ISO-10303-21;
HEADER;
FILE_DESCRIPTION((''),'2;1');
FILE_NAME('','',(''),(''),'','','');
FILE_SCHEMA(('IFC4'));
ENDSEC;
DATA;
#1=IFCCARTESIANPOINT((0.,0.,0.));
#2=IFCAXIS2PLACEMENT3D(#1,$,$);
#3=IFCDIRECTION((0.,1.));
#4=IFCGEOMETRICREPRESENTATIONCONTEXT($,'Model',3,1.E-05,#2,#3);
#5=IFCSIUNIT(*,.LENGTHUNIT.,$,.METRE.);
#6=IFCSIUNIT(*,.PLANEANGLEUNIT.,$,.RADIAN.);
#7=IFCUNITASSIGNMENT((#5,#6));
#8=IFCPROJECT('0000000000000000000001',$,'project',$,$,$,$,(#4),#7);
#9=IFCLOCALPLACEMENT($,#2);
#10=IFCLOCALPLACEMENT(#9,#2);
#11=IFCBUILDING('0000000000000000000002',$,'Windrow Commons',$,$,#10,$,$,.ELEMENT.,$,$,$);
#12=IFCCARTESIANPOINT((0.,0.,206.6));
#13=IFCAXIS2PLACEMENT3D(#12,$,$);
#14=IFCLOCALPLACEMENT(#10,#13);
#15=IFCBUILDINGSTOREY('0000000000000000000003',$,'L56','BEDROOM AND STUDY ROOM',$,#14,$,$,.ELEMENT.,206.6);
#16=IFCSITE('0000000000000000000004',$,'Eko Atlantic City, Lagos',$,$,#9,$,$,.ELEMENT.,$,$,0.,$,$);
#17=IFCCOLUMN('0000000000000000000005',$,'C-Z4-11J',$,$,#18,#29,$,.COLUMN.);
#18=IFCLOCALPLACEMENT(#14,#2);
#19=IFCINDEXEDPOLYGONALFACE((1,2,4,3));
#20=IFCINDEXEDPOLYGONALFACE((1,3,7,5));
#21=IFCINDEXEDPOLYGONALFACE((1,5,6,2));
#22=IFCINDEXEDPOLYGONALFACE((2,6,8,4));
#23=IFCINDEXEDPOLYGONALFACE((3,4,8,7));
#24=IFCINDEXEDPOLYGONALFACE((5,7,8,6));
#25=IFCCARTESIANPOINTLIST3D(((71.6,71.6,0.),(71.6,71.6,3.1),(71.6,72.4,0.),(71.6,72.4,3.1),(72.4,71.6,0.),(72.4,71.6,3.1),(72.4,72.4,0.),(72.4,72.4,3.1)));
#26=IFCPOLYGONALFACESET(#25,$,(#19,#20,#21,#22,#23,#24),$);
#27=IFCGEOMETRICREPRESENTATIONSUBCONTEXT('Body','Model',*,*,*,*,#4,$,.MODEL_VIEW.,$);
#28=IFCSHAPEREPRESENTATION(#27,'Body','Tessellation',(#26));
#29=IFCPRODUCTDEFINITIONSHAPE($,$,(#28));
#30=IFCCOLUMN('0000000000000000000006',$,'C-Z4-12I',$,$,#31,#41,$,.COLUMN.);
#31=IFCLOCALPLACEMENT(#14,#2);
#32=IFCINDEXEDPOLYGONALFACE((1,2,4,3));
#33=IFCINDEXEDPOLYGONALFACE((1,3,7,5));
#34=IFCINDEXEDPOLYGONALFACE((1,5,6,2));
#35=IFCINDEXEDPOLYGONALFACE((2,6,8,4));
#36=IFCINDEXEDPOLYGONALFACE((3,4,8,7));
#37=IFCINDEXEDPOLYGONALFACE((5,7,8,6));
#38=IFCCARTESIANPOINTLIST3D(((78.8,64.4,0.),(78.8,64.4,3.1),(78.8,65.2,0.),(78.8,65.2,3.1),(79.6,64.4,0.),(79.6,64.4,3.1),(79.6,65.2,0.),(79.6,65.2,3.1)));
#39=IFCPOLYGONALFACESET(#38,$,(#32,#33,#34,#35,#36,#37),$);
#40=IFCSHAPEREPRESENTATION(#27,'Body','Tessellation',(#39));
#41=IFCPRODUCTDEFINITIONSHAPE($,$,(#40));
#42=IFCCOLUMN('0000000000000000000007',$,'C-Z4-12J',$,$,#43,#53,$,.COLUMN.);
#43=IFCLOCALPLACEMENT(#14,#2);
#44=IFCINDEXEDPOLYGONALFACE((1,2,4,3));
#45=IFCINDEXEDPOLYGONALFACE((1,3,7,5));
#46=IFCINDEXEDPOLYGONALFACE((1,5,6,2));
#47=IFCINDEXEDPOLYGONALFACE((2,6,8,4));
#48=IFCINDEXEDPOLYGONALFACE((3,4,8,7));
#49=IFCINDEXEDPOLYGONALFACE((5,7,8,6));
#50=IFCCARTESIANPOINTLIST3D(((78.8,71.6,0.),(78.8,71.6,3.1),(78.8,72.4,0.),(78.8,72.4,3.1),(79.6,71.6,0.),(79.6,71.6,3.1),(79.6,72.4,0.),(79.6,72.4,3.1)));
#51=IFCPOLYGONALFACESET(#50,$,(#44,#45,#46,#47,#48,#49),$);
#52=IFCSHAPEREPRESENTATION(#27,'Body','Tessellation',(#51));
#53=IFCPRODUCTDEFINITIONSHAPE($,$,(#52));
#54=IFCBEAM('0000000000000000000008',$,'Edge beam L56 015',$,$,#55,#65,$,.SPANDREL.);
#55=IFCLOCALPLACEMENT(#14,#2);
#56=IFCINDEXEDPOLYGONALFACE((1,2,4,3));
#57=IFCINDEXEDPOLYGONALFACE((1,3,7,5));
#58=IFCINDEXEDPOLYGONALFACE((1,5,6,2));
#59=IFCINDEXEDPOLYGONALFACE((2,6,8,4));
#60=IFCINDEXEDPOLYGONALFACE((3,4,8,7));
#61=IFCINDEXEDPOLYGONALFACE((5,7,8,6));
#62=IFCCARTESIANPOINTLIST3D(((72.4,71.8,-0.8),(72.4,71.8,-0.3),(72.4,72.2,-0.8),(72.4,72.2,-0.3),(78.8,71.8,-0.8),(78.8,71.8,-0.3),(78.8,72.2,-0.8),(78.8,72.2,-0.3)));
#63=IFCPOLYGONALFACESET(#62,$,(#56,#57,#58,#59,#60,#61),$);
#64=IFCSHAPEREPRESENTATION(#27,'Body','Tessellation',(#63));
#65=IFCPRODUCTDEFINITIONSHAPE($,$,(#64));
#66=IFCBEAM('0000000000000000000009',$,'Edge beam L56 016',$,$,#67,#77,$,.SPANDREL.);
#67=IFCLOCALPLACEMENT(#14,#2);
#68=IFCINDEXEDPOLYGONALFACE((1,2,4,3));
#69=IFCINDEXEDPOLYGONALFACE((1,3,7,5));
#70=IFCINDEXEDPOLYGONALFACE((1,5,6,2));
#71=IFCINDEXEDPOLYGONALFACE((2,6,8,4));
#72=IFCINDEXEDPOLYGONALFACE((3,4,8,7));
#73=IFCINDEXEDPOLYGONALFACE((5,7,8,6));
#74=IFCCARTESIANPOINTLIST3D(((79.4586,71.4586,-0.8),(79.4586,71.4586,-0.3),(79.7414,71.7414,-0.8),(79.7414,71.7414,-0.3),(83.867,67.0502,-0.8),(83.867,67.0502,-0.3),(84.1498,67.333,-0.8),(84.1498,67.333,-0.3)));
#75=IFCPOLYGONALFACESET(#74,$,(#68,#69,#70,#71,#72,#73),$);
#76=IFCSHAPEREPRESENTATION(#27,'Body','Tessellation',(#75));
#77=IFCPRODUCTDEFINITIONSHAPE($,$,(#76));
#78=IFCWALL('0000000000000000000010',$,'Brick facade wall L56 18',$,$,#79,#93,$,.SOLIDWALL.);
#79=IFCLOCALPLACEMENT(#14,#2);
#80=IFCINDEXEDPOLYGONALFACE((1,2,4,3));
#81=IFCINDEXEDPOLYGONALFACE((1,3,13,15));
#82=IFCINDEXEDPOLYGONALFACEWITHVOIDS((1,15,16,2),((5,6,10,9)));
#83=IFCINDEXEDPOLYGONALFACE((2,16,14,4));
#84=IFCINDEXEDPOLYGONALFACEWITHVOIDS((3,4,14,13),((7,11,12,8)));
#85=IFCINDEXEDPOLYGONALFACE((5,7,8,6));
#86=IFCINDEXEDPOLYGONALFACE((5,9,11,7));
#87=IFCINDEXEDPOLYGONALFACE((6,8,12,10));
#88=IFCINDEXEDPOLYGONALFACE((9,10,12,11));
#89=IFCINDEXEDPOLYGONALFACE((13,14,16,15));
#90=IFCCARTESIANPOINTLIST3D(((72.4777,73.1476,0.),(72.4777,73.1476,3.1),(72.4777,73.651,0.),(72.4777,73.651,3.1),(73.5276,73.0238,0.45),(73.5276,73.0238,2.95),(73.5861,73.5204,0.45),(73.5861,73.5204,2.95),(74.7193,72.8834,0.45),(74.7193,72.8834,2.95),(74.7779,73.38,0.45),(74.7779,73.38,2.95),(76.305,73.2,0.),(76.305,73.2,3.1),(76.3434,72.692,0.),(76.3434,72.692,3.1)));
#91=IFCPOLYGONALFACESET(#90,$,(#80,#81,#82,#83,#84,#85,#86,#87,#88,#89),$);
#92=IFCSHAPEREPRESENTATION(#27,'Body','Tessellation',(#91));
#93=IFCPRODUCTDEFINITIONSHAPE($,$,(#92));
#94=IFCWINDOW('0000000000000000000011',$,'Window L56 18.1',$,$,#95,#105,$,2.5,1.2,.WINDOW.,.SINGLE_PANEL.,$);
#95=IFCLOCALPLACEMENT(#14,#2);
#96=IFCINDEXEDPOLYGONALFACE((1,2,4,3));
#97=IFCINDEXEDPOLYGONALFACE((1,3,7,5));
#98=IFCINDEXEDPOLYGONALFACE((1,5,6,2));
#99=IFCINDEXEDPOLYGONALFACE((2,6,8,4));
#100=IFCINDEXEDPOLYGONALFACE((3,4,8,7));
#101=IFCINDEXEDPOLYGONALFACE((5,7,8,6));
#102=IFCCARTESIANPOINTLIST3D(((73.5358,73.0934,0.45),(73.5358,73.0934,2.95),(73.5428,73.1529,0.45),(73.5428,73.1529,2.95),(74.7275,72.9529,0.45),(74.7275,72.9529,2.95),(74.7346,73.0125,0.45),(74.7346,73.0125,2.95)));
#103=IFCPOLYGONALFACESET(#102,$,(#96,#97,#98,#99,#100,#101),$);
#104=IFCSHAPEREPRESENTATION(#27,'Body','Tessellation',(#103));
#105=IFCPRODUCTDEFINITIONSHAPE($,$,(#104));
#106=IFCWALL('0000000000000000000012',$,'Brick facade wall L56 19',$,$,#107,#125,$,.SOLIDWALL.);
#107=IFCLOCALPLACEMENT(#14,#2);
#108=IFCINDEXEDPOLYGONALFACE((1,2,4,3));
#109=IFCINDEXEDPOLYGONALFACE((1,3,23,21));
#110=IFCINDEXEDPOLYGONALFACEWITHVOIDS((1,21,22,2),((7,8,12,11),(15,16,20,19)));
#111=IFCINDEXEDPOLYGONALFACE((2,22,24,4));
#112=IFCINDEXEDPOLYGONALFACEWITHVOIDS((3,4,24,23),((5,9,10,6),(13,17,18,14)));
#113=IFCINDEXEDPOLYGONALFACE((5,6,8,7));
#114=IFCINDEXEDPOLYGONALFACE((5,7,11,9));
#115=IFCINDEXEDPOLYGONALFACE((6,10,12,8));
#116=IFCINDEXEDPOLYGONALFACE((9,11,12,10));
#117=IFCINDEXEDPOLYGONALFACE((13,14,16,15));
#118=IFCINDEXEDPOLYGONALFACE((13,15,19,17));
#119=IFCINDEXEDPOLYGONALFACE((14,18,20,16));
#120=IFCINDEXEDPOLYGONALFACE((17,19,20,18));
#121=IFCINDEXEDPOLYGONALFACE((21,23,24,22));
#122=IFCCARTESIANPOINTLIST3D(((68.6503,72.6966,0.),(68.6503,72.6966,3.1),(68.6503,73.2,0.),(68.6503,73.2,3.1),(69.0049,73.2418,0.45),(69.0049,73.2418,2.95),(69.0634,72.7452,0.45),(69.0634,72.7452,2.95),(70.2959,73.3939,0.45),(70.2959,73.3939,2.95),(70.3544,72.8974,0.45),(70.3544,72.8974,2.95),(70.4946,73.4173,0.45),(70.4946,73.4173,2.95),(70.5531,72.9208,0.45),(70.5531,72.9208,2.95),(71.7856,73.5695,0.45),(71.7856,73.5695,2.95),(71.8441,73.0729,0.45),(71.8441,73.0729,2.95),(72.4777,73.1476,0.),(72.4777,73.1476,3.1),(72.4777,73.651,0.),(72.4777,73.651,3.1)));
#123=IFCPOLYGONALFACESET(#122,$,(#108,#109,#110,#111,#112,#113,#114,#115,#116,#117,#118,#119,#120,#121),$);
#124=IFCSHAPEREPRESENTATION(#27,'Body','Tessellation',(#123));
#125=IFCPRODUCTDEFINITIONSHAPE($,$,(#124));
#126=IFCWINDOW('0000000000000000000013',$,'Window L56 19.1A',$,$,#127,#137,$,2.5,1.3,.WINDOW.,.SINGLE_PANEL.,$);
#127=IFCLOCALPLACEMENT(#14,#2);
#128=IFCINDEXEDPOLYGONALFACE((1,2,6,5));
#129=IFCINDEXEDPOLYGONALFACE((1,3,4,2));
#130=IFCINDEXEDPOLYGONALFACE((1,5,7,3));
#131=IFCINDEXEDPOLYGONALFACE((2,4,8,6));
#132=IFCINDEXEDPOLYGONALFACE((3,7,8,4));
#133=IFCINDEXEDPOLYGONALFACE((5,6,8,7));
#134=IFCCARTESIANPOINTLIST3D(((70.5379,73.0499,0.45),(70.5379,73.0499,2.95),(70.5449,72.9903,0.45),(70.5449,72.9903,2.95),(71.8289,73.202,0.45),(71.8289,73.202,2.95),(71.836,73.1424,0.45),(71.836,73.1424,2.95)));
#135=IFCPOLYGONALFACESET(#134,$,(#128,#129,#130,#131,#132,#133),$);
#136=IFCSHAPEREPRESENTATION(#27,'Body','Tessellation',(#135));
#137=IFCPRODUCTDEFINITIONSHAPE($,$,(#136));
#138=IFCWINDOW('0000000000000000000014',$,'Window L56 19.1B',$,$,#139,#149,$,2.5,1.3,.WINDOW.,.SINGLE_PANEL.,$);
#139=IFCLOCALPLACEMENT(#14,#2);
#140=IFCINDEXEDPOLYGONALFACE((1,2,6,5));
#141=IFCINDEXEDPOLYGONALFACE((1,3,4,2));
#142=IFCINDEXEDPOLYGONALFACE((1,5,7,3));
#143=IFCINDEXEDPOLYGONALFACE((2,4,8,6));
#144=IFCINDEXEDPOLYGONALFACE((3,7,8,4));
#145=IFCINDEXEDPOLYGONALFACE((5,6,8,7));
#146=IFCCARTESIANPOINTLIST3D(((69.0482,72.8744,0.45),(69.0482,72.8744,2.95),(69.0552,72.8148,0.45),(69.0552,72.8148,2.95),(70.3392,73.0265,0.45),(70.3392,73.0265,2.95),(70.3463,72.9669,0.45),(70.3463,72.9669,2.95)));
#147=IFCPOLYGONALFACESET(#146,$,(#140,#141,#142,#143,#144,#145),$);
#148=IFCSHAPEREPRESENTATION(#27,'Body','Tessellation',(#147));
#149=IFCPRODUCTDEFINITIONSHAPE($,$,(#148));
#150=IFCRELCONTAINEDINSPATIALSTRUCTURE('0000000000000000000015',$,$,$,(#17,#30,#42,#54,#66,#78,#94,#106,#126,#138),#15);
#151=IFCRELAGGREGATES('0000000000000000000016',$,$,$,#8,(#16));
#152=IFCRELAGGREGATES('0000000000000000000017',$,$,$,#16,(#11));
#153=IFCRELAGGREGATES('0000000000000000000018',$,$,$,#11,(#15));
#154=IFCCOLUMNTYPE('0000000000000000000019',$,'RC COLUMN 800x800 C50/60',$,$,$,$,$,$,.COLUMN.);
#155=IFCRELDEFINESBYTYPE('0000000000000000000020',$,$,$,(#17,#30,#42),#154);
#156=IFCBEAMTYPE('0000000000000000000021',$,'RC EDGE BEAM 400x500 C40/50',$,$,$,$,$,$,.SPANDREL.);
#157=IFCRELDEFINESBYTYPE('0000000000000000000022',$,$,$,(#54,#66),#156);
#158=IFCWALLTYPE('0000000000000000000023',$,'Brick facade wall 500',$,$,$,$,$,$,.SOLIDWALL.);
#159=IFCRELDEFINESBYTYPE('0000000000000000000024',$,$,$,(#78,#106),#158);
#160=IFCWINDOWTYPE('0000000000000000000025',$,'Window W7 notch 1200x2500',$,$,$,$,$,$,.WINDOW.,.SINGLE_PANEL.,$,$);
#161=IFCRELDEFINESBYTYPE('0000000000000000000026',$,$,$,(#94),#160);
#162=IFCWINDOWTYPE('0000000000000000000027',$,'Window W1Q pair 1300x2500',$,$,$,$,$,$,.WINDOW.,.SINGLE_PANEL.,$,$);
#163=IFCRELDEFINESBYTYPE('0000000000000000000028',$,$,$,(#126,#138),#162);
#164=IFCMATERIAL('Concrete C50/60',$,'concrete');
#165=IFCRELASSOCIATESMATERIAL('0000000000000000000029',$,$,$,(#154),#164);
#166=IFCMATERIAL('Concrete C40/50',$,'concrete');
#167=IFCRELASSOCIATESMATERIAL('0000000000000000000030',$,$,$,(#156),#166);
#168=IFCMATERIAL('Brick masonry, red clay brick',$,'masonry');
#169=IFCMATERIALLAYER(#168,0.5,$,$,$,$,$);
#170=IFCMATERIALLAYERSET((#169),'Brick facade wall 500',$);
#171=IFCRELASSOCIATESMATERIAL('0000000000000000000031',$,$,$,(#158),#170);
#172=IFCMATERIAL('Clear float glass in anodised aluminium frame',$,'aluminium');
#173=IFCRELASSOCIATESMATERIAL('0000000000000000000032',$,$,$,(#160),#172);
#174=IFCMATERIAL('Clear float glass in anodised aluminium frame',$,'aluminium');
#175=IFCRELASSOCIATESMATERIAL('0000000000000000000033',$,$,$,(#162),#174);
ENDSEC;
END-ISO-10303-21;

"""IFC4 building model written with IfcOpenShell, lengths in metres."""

from ifc_helpers import new_model, si_unit, direction, frame, frame_2d, origin, origin_2d, place, context, subcontext, project, spatial, polyline, rectangle, outline, extrude, material, layer, layer_set, material_profile, profile_set, type_object, element, fill, save


model = new_model("IFC4")

# Units and contexts
model_context = context("Model", 3, precision=1e-05, world=origin(), true_north=direction((0.0, 1.0)))
body_context = subcontext(model_context, "Body", "Model", "MODEL_VIEW")
ifc_project = project(units=[si_unit("LENGTHUNIT", "METRE"), si_unit("PLANEANGLEUNIT", "RADIAN")], contexts=[model_context])

# Site, building, storey
site_placement = place(None, origin())
site = spatial("IfcSite", under=ifc_project, at=site_placement, Name="Eko Atlantic City, Lagos", CompositionType="ELEMENT", RefElevation=0.0)
building_placement = place(site_placement, origin())
building = spatial("IfcBuilding", under=site, at=building_placement, Name="Windrow Commons", CompositionType="ELEMENT")
storey_placement = place(building_placement, frame((0.0, 0.0, 206.6)))
storey = spatial("IfcBuildingStorey", under=building, at=storey_placement, Name="L56", Description="BEDROOM AND STUDY ROOM", CompositionType="ELEMENT", Elevation=206.6)

# Columns
ifc_material_1 = material(Name="Concrete C50/60", Category="concrete")
ifc_material_profile_1 = material_profile(ifc_material_1, rectangle(XDim=0.8, YDim=0.8, at=origin_2d()))
ifc_profile_set_1 = profile_set([ifc_material_profile_1], Name="Concrete C50/60")
column_type = type_object("IfcColumnType", Name="RC COLUMN 800x800 C50/60", PredefinedType="COLUMN", material=ifc_profile_set_1)
for number, where, z_axis, x_axis, name in (
    (1, (72.0, 72.0, 0.0), (0.0, 0.0, 1.0), (1.0, 0.0, 0.0), "C-Z4-11J"),
    (2, (79.2, 64.8, 0.0), (0.0, 0.0, 1.0), (1.0, 0.0, 0.0), "C-Z4-12I"),
    (3, (79.2, 72.0, 0.0), (0.0, 0.0, 1.0), (1.0, 0.0, 0.0), "C-Z4-12J"),
):
    element("IfcColumn", number, at=place(storey_placement, frame(where, z_axis=z_axis, x_axis=x_axis)), inside=storey, type_object=column_type, Name=name, PredefinedType="COLUMN", context=body_context, shape_type="SweptSolid", body=[
        extrude(rectangle(XDim=0.8, YDim=0.8, at=origin_2d()), origin(), (0.0, 0.0, 1.0), 3.1),
    ])

# Beams
ifc_material_2 = material(Name="Concrete C40/50", Category="concrete")
ifc_material_profile_2 = material_profile(ifc_material_2, rectangle(XDim=0.4, YDim=0.5, at=origin_2d()))
ifc_profile_set_2 = profile_set([ifc_material_profile_2], Name="Concrete C40/50")
beam_type = type_object("IfcBeamType", Name="RC EDGE BEAM 400x500 C40/50", PredefinedType="SPANDREL", material=ifc_profile_set_2)
beam_1_placement = place(storey_placement, frame((72.4, 72.0, -0.55), z_axis=(1.0, 0.0, 0.0), x_axis=(0.0, 1.0, 0.0)))
element("IfcBeam", 4, at=beam_1_placement, inside=storey, type_object=beam_type, Name="Edge beam L56 015", PredefinedType="SPANDREL", context=body_context, shape_type="SweptSolid", body=[
    extrude(rectangle(XDim=0.4, YDim=0.5, at=origin_2d()), origin(), (0.0, 0.0, 1.0), 6.4),
])
beam_2_placement = place(storey_placement, frame((79.6, 71.6, -0.55), z_axis=(0.707107, -0.707107, 0.0), x_axis=(0.707107, 0.707107, 0.0)))
element("IfcBeam", 5, at=beam_2_placement, inside=storey, type_object=beam_type, Name="Edge beam L56 016", PredefinedType="SPANDREL", context=body_context, shape_type="SweptSolid", body=[
    extrude(rectangle(XDim=0.4, YDim=0.5, at=origin_2d()), origin(), (0.0, 0.0, 1.0), 6.2344),
])

# Wall, opening, window
ifc_material_3 = material(Name="Brick masonry, red clay brick", Category="masonry")
ifc_layer_1 = layer(ifc_material_3, 0.5)
ifc_layer_set_1 = layer_set([ifc_layer_1], Name="Brick facade wall 500")
wall_type_1 = type_object("IfcWallType", Name="Brick facade wall 500", PredefinedType="SOLIDWALL", material=ifc_layer_set_1)
wall_1_placement = place(storey_placement, frame((76.3242, 72.946, 0.0), z_axis=(0.0, 0.0, 1.0), x_axis=(-0.993127, 0.117037, 0.0)))
wall_1 = element("IfcWall", 6, at=wall_1_placement, inside=storey, type_object=wall_type_1, Name="Brick facade wall L56 18", PredefinedType="SOLIDWALL", context=body_context, shape_type="SweptSolid", body=[
    extrude(outline(polyline([(0.0488, -0.25), (3.9026, -0.25), (3.8437, 0.25), (-0.0488, 0.25), (0.0488, -0.25)])), origin(), (0.0, 0.0, 1.0), 3.1),
])
opening_1_placement = place(wall_1_placement, frame((1.5865, 0.0, 0.45)))
opening_1 = element("IfcOpeningElement", 7, at=opening_1_placement, cuts=wall_1, PredefinedType="OPENING", context=body_context, shape_type="SweptSolid", body=[
    extrude(rectangle(XDim=1.2, YDim=2.5, at=frame_2d((0.6, 1.25))), frame((0.0, 0.26, 0.0), z_axis=(0.0, -1.0, 0.0), x_axis=(1.0, 0.0, 0.0)), (0.0, 0.0, 1.0), 0.52),
])
ifc_material_4 = material(Name="Clear float glass in anodised aluminium frame", Category="aluminium")
window_type_1 = type_object("IfcWindowType", Name="Window W7 notch 1200x2500", PartitioningType="SINGLE_PANEL", PredefinedType="WINDOW", material=ifc_material_4)
window_1_placement = place(opening_1_placement, origin())
window_1 = element("IfcWindow", 8, at=window_1_placement, inside=storey, type_object=window_type_1, Name="Window L56 18.1", OverallHeight=2.5, OverallWidth=1.2, PartitioningType="SINGLE_PANEL", PredefinedType="WINDOW", context=body_context, shape_type="SweptSolid", body=[
    extrude(rectangle(XDim=1.2, YDim=2.5, at=frame_2d((0.6, 1.25))), frame((0.0, 0.18, 0.0), z_axis=(0.0, -1.0, 0.0), x_axis=(1.0, 0.0, 0.0)), (0.0, 0.0, 1.0), 0.06),
])
fill(opening_1, window_1)

# Wall, openings, windows
wall_2_placement = place(storey_placement, frame((72.4777, 73.3993, 0.0), z_axis=(0.0, 0.0, 1.0), x_axis=(-0.993129, -0.117025, 0.0)))
wall_2 = element("IfcWall", 9, at=wall_2_placement, inside=storey, type_object=wall_type_1, Name="Brick facade wall L56 19", PredefinedType="SOLIDWALL", context=body_context, shape_type="SweptSolid", body=[
    extrude(outline(polyline([(-0.0295, -0.25), (3.8244, -0.25), (3.8833, 0.25), (0.0295, 0.25), (-0.0295, -0.25)])), origin(), (0.0, 0.0, 1.0), 3.1),
])
opening_2_placement = place(wall_2_placement, frame((0.6674, 0.0, 0.45)))
opening_2 = element("IfcOpeningElement", 10, at=opening_2_placement, cuts=wall_2, PredefinedType="OPENING", context=body_context, shape_type="SweptSolid", body=[
    extrude(rectangle(XDim=1.3, YDim=2.5, at=frame_2d((0.65, 1.25))), frame((0.0, 0.26, 0.0), z_axis=(0.0, -1.0, 0.0), x_axis=(1.0, 0.0, 0.0)), (0.0, 0.0, 1.0), 0.52),
])
opening_3_placement = place(wall_2_placement, frame((2.1674, 0.0, 0.45)))
opening_3 = element("IfcOpeningElement", 11, at=opening_3_placement, cuts=wall_2, PredefinedType="OPENING", context=body_context, shape_type="SweptSolid", body=[
    extrude(rectangle(XDim=1.3, YDim=2.5, at=frame_2d((0.65, 1.25))), frame((0.0, 0.26, 0.0), z_axis=(0.0, -1.0, 0.0), x_axis=(1.0, 0.0, 0.0)), (0.0, 0.0, 1.0), 0.52),
])
ifc_material_5 = material(Name="Clear float glass in anodised aluminium frame", Category="aluminium")
window_type_2 = type_object("IfcWindowType", Name="Window W1Q pair 1300x2500", PartitioningType="SINGLE_PANEL", PredefinedType="WINDOW", material=ifc_material_5)
window_2_placement = place(opening_2_placement, origin())
window_2 = element("IfcWindow", 12, at=window_2_placement, inside=storey, type_object=window_type_2, Name="Window L56 19.1A", OverallHeight=2.5, OverallWidth=1.3, PartitioningType="SINGLE_PANEL", PredefinedType="WINDOW", context=body_context, shape_type="SweptSolid", body=[
    extrude(rectangle(XDim=1.3, YDim=2.5, at=frame_2d((0.65, 1.25))), frame((0.0, 0.18, 0.0), z_axis=(0.0, -1.0, 0.0), x_axis=(1.0, 0.0, 0.0)), (0.0, 0.0, 1.0), 0.06),
])
fill(opening_2, window_2)
window_3_placement = place(opening_3_placement, origin())
window_3 = element("IfcWindow", 13, at=window_3_placement, inside=storey, type_object=window_type_2, Name="Window L56 19.1B", OverallHeight=2.5, OverallWidth=1.3, PartitioningType="SINGLE_PANEL", PredefinedType="WINDOW", context=body_context, shape_type="SweptSolid", body=[
    extrude(rectangle(XDim=1.3, YDim=2.5, at=frame_2d((0.65, 1.25))), frame((0.0, 0.18, 0.0), z_axis=(0.0, -1.0, 0.0), x_axis=(1.0, 0.0, 0.0)), (0.0, 0.0, 1.0), 0.06),
])
fill(opening_3, window_3)

save(model, "model.ifc")
